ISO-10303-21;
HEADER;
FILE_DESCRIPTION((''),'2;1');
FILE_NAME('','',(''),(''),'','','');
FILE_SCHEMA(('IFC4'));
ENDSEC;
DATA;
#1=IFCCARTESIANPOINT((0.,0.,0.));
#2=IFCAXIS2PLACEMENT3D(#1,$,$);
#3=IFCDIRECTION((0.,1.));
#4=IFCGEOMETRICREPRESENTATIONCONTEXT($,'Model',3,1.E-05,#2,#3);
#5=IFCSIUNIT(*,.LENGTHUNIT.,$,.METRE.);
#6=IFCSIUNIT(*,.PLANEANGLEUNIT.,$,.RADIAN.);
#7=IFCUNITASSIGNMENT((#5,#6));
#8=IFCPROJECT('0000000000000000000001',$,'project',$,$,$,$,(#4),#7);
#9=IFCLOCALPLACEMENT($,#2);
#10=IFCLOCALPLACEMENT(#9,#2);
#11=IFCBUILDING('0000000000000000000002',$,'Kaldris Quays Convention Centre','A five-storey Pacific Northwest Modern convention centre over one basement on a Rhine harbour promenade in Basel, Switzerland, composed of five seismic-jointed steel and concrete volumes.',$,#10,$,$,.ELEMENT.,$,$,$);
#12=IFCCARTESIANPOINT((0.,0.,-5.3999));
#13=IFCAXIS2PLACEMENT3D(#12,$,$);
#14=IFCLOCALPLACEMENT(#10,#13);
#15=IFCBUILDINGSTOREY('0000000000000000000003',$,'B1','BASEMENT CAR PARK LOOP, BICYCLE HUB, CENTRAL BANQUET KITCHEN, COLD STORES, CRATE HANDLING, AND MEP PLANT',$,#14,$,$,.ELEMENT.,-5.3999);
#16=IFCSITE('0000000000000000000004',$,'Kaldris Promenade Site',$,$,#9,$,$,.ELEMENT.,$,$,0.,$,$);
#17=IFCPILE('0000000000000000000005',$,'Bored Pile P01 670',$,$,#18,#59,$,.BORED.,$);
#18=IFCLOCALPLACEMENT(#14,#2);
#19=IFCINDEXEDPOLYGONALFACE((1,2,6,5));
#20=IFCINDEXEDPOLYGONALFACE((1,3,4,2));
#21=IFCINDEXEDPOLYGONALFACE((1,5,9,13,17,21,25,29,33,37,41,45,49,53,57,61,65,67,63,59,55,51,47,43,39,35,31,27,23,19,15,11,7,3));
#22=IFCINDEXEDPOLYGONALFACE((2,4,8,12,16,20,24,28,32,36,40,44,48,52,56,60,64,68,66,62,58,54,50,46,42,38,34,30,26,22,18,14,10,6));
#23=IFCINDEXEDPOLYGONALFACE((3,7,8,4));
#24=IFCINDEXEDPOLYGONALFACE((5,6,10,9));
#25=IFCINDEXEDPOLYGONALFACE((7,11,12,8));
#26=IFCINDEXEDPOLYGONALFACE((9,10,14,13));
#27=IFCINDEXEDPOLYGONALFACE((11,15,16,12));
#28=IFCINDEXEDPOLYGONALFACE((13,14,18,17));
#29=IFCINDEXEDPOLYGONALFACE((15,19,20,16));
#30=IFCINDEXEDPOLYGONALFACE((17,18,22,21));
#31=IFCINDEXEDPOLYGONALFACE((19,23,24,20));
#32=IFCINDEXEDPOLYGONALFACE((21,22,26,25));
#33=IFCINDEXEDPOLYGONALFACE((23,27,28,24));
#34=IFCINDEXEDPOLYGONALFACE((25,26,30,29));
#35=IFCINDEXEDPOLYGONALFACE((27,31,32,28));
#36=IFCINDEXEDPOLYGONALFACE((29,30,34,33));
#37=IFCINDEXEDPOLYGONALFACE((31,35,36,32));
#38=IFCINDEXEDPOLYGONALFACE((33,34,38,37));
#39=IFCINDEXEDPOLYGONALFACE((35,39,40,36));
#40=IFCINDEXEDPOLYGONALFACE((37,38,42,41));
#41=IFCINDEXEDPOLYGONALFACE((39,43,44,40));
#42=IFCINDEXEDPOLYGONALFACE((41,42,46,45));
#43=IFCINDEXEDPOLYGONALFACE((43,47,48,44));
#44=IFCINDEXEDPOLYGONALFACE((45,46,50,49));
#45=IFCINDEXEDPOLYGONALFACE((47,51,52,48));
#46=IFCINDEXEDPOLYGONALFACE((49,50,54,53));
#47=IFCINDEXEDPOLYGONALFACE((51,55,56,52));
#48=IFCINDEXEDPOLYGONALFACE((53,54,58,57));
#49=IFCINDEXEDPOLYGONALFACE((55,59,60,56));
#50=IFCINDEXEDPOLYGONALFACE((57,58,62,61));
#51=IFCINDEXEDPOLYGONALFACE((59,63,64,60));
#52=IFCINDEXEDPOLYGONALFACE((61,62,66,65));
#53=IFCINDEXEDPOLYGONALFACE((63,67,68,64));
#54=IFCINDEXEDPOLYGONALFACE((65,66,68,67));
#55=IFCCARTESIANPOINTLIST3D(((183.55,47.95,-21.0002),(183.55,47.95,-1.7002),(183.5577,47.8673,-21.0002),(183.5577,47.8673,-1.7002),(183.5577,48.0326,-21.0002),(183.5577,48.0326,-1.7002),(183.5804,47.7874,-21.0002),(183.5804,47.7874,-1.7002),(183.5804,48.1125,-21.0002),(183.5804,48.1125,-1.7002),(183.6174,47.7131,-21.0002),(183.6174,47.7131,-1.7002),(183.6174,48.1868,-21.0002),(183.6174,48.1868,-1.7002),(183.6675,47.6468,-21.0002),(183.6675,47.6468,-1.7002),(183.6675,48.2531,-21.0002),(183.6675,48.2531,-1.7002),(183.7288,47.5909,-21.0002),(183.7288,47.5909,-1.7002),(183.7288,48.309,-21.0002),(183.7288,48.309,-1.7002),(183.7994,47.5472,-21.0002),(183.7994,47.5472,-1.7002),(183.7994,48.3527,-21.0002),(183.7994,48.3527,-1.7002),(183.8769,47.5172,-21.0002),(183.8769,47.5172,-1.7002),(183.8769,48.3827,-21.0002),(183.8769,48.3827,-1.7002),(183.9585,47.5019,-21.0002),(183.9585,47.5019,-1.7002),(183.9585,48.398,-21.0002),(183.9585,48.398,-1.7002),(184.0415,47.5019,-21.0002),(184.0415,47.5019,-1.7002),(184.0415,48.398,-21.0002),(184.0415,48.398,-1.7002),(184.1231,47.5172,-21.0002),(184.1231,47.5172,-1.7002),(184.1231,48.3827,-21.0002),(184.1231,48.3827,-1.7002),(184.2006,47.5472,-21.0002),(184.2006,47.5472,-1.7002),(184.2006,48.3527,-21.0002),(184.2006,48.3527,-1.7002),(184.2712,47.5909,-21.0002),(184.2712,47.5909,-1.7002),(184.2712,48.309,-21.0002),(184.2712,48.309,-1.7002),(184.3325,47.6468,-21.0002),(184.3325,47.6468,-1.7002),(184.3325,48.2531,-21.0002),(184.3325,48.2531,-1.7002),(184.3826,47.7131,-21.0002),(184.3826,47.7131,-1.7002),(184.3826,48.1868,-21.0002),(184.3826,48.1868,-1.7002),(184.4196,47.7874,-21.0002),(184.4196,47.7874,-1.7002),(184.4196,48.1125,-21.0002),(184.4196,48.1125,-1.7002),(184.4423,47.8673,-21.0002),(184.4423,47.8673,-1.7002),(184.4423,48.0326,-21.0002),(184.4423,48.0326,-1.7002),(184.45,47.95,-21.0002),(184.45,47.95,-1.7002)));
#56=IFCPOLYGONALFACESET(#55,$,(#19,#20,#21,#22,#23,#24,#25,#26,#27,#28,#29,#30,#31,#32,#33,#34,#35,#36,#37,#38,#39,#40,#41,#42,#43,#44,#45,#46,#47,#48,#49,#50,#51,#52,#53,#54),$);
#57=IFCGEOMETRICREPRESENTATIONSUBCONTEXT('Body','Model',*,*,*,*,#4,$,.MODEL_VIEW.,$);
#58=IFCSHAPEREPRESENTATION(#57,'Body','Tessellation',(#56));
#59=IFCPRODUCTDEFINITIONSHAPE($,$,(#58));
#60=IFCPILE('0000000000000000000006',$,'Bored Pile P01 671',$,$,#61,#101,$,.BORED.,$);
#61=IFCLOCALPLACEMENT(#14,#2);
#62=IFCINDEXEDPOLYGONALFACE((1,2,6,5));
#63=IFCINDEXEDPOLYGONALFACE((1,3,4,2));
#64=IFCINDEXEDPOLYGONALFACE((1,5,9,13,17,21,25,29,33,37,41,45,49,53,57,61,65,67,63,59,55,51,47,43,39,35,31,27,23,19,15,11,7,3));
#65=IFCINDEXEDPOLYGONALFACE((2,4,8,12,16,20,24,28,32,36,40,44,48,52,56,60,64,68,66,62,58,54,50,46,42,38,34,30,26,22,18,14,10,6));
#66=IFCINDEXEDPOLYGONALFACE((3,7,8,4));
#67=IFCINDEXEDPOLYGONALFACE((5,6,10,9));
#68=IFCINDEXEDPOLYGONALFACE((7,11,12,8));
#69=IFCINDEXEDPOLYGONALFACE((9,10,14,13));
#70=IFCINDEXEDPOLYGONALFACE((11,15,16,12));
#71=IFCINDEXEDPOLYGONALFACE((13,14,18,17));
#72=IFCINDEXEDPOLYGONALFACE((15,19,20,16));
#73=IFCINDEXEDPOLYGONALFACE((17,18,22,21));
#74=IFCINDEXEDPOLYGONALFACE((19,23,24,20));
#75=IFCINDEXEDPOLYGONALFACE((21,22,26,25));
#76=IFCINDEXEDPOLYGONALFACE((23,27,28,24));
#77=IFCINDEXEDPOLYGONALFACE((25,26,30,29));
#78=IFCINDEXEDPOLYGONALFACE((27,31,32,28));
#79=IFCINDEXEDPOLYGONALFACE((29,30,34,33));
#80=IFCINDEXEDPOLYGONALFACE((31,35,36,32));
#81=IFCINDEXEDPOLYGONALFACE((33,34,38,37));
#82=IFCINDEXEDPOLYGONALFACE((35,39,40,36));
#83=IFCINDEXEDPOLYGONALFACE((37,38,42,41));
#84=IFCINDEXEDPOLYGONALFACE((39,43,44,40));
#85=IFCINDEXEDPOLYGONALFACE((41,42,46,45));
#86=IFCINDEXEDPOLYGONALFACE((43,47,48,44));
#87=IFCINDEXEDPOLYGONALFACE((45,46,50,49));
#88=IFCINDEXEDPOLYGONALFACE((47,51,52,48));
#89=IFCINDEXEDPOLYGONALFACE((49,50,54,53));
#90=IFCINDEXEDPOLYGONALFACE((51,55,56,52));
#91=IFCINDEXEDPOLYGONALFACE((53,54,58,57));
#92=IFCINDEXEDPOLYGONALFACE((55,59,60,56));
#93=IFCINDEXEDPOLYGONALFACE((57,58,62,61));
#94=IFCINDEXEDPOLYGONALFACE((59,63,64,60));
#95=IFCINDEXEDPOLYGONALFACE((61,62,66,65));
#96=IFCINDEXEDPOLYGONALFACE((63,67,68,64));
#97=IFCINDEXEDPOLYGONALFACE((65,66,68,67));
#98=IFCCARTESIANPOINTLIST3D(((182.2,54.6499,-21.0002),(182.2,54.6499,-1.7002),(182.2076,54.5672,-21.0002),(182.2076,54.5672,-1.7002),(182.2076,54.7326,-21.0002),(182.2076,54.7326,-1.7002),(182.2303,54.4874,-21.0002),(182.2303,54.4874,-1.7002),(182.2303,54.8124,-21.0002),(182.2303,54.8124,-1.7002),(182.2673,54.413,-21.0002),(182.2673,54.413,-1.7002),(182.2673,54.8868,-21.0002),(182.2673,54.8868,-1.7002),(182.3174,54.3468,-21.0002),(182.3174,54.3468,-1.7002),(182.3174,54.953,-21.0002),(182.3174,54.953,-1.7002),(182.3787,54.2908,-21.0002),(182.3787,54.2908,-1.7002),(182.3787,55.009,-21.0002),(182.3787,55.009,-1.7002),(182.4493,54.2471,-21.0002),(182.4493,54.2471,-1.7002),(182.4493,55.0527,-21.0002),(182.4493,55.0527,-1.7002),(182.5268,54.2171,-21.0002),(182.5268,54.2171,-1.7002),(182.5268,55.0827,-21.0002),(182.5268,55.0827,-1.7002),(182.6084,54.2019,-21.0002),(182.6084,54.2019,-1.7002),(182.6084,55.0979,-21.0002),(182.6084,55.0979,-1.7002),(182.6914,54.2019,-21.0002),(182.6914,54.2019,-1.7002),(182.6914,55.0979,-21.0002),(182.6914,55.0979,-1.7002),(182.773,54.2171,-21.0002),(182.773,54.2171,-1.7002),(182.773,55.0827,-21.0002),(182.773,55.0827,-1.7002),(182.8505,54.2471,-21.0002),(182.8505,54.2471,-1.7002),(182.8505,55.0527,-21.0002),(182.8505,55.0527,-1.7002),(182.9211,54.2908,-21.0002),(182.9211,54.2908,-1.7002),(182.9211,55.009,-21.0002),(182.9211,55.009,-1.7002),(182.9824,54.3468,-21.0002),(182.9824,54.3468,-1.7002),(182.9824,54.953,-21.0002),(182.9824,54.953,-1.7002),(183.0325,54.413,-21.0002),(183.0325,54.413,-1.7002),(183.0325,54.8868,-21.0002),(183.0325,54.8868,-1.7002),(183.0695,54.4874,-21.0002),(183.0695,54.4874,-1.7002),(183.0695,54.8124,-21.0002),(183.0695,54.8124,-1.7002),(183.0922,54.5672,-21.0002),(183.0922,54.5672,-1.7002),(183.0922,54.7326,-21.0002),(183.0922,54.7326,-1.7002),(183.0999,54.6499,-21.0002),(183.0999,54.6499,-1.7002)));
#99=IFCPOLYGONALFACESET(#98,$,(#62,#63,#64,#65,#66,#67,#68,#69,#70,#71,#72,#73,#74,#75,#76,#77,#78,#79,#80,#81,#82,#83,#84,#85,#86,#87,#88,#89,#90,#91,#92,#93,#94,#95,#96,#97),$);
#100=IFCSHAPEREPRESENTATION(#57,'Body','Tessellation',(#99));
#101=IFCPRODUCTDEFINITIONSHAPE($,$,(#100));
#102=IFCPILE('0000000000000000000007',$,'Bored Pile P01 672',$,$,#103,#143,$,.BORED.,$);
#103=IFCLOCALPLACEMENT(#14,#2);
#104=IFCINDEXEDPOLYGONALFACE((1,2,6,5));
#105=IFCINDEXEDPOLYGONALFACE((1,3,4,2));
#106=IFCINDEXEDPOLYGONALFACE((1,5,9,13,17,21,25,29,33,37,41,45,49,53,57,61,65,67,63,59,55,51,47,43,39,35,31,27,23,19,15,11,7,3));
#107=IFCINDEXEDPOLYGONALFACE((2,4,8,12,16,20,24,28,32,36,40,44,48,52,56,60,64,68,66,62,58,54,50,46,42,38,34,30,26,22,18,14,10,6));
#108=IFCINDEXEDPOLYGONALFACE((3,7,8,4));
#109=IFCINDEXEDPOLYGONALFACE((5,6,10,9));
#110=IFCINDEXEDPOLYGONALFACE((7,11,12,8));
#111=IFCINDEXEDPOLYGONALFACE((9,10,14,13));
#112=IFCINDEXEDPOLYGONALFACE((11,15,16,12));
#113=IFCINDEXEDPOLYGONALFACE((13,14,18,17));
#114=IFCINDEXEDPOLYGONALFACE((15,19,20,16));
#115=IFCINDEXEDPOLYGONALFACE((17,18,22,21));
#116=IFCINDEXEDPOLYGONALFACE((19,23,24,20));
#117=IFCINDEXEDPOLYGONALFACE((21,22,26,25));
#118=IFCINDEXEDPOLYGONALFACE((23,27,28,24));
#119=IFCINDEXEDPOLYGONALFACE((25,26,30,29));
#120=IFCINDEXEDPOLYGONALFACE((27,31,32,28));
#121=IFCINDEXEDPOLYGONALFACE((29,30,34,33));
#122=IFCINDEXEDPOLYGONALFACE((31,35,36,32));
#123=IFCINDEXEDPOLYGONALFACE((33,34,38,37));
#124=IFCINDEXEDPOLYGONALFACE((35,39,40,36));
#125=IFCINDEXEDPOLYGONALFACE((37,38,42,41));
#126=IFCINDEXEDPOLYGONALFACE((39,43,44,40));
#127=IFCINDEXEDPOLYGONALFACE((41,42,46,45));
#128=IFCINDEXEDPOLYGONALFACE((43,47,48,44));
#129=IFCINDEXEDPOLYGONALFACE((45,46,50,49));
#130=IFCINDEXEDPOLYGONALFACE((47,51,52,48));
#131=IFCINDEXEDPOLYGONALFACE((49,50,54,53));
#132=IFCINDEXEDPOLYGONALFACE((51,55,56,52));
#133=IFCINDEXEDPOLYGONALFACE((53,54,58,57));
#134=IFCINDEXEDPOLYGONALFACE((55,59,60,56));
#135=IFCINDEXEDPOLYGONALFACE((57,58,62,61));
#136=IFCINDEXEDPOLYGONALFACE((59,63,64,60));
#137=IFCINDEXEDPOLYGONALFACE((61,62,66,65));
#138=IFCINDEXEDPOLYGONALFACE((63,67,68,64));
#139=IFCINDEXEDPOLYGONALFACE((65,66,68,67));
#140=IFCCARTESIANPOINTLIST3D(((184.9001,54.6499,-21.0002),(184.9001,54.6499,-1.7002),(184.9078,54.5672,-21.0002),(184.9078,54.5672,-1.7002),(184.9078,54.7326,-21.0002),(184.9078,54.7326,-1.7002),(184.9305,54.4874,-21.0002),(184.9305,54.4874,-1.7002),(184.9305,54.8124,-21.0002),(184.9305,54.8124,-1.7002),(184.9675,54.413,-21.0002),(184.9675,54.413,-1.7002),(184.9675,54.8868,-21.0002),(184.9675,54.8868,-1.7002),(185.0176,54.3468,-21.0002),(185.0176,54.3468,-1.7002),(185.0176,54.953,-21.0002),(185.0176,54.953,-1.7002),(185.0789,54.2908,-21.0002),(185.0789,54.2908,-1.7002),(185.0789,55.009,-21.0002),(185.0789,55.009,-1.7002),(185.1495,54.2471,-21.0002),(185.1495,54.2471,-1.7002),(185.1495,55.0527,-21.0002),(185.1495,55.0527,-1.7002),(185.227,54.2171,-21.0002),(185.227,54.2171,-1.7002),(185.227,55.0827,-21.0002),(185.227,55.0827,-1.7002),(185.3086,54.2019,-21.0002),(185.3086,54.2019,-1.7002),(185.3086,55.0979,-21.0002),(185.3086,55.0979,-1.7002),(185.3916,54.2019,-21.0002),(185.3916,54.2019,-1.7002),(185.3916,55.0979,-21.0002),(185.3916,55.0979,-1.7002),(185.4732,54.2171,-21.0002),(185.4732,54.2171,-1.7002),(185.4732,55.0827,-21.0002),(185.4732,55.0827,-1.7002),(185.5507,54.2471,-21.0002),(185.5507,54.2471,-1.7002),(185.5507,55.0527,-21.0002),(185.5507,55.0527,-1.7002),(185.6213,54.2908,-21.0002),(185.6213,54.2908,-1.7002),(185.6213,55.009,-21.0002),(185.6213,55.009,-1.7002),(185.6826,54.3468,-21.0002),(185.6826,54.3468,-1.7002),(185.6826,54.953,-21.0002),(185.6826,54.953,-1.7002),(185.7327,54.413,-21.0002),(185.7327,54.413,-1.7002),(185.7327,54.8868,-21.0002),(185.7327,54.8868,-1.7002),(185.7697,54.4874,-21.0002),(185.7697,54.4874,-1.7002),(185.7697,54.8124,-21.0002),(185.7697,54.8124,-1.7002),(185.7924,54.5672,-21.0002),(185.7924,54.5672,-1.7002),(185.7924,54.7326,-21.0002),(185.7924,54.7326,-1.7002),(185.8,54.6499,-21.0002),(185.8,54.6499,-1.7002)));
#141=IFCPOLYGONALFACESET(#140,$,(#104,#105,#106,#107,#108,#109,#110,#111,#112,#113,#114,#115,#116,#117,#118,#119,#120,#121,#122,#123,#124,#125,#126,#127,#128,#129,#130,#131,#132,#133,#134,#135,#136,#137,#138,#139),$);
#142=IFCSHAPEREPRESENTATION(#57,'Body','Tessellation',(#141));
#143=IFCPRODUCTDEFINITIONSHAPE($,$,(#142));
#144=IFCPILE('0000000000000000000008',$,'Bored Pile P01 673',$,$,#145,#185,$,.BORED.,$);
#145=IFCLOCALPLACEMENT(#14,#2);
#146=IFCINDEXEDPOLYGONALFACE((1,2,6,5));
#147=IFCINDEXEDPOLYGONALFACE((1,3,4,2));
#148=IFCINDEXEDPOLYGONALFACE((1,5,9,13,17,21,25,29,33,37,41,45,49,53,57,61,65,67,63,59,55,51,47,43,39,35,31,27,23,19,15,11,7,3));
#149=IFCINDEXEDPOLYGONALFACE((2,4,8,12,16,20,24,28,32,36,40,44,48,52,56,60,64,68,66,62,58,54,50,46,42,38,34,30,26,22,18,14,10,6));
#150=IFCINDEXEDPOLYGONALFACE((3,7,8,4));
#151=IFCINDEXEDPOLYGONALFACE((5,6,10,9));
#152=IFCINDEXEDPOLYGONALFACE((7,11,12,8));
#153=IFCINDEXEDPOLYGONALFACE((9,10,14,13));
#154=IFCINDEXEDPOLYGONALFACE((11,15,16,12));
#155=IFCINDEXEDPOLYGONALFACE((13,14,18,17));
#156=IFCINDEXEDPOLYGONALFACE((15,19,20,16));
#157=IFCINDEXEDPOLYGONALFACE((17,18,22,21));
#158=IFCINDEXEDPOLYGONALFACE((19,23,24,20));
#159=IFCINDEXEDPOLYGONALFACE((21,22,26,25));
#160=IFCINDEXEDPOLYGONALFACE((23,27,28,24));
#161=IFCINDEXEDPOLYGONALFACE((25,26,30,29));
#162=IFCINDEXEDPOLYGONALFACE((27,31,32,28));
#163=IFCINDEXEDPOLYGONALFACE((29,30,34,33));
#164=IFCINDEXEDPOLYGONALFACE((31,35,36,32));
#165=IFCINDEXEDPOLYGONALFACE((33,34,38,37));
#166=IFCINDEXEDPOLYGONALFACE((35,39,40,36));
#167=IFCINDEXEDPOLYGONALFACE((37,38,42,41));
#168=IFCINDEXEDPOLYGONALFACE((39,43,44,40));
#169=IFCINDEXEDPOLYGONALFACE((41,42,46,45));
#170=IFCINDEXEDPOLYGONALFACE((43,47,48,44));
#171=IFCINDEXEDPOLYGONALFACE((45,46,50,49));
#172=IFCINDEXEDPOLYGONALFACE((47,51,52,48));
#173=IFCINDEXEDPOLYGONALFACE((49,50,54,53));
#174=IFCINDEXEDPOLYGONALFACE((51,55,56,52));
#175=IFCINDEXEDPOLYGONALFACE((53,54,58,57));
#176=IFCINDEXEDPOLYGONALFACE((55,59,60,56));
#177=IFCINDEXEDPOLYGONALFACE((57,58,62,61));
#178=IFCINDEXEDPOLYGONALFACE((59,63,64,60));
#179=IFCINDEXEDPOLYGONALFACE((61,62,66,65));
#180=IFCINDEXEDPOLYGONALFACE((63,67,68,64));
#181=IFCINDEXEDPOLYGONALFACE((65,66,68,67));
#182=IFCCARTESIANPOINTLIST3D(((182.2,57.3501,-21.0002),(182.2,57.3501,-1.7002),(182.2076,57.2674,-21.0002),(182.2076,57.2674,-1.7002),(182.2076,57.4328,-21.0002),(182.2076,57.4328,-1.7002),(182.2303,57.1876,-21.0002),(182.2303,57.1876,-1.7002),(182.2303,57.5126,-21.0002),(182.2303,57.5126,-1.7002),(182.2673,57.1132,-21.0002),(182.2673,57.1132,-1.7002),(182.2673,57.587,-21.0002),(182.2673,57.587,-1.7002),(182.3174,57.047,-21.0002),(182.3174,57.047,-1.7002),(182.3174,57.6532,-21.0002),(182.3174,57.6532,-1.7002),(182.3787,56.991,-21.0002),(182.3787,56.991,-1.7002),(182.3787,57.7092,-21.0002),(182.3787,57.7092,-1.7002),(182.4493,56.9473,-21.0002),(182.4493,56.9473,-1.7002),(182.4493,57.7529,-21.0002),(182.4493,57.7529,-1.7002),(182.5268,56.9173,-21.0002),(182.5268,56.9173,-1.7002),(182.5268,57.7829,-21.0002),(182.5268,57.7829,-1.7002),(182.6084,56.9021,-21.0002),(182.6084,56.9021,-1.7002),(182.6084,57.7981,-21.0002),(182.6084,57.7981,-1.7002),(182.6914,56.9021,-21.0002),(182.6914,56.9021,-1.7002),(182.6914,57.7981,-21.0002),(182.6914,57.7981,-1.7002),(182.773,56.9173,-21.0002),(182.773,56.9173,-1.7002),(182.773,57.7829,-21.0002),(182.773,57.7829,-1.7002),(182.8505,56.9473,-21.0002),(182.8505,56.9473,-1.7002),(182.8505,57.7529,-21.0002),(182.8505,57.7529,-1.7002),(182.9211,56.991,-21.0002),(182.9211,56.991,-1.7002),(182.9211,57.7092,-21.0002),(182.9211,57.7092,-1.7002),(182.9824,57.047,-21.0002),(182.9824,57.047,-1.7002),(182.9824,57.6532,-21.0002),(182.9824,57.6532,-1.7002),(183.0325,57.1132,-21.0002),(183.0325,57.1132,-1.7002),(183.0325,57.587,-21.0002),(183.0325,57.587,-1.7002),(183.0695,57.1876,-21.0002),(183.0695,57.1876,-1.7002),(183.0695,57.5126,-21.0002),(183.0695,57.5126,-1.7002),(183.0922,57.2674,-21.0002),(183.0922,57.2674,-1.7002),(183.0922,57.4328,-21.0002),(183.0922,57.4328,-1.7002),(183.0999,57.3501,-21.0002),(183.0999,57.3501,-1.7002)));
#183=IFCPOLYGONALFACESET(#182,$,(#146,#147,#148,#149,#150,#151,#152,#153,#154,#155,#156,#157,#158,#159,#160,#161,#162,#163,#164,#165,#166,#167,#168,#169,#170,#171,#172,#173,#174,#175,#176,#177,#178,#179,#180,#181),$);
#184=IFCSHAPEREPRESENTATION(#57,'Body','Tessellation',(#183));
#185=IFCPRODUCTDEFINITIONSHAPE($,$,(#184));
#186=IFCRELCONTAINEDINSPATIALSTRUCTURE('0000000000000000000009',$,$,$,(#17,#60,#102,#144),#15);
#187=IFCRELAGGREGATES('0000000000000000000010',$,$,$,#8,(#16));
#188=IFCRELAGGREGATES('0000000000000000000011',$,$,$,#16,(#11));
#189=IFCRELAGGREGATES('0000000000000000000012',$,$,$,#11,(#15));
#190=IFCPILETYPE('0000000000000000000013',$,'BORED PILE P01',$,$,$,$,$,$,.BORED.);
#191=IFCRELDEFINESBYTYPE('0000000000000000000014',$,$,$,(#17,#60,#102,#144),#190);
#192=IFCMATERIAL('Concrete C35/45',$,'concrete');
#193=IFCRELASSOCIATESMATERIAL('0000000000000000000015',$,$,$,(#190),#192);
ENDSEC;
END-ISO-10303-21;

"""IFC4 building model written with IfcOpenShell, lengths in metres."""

from ifc_helpers import new_model, si_unit, direction, frame, origin, origin_2d, place, context, subcontext, project, spatial, circle, extrude, material, material_profile, profile_set, type_object, element, save


model = new_model("IFC4")

# Units and contexts
model_context = context("Model", 3, precision=1e-05, world=origin(), true_north=direction((0.0, 1.0)))
body_context = subcontext(model_context, "Body", "Model", "MODEL_VIEW")
ifc_project = project(units=[si_unit("LENGTHUNIT", "METRE"), si_unit("PLANEANGLEUNIT", "RADIAN")], contexts=[model_context])

# Site, building, storey
site_placement = place(None, origin())
site = spatial("IfcSite", under=ifc_project, at=site_placement, Name="Kaldris Promenade Site", CompositionType="ELEMENT", RefElevation=0.0)
building_placement = place(site_placement, origin())
building = spatial("IfcBuilding", under=site, at=building_placement, Name="Kaldris Quays Convention Centre", Description="A five-storey Pacific Northwest Modern convention centre over one basement on a Rhine harbour promenade in Basel, Switzerland, composed of five seismic-jointed steel and concrete volumes.", CompositionType="ELEMENT")
storey_placement = place(building_placement, frame((0.0, 0.0, -5.3999)))
storey = spatial("IfcBuildingStorey", under=building, at=storey_placement, Name="B1", Description="BASEMENT CAR PARK LOOP, BICYCLE HUB, CENTRAL BANQUET KITCHEN, COLD STORES, CRATE HANDLING, AND MEP PLANT", CompositionType="ELEMENT", Elevation=-5.3999)

# Piles
ifc_material_1 = material(Name="Concrete C35/45", Category="concrete")
ifc_material_profile_1 = material_profile(ifc_material_1, circle(Radius=0.45, at=origin_2d()), Name="BORED PILE D900")
ifc_profile_set_1 = profile_set([ifc_material_profile_1], Name="Concrete C35/45")
pile_type = type_object("IfcPileType", Name="BORED PILE P01", PredefinedType="BORED", material=ifc_profile_set_1)
for number, where, z_axis, x_axis, name in (
    (1, (184.0, 47.95, -1.7002), (0.0, 0.0, -1.0), (1.0, 0.0, 0.0), "Bored Pile P01 670"),
    (2, (182.6499, 54.6499, -1.7002), (0.0, 0.0, -1.0), (1.0, 0.0, 0.0), "Bored Pile P01 671"),
    (3, (185.3501, 54.6499, -1.7002), (0.0, 0.0, -1.0), (1.0, 0.0, 0.0), "Bored Pile P01 672"),
    (4, (182.6499, 57.3501, -1.7002), (0.0, 0.0, -1.0), (1.0, 0.0, 0.0), "Bored Pile P01 673"),
):
    element("IfcPile", number, at=place(storey_placement, frame(where, z_axis=z_axis, x_axis=x_axis)), inside=storey, type_object=pile_type, Name=name, PredefinedType="BORED", context=body_context, shape_type="SweptSolid", body=[
        extrude(circle(Radius=0.45, at=origin_2d()), origin(), (0.0, 0.0, 1.0), 19.3),
    ])

save(model, "model.ifc")
